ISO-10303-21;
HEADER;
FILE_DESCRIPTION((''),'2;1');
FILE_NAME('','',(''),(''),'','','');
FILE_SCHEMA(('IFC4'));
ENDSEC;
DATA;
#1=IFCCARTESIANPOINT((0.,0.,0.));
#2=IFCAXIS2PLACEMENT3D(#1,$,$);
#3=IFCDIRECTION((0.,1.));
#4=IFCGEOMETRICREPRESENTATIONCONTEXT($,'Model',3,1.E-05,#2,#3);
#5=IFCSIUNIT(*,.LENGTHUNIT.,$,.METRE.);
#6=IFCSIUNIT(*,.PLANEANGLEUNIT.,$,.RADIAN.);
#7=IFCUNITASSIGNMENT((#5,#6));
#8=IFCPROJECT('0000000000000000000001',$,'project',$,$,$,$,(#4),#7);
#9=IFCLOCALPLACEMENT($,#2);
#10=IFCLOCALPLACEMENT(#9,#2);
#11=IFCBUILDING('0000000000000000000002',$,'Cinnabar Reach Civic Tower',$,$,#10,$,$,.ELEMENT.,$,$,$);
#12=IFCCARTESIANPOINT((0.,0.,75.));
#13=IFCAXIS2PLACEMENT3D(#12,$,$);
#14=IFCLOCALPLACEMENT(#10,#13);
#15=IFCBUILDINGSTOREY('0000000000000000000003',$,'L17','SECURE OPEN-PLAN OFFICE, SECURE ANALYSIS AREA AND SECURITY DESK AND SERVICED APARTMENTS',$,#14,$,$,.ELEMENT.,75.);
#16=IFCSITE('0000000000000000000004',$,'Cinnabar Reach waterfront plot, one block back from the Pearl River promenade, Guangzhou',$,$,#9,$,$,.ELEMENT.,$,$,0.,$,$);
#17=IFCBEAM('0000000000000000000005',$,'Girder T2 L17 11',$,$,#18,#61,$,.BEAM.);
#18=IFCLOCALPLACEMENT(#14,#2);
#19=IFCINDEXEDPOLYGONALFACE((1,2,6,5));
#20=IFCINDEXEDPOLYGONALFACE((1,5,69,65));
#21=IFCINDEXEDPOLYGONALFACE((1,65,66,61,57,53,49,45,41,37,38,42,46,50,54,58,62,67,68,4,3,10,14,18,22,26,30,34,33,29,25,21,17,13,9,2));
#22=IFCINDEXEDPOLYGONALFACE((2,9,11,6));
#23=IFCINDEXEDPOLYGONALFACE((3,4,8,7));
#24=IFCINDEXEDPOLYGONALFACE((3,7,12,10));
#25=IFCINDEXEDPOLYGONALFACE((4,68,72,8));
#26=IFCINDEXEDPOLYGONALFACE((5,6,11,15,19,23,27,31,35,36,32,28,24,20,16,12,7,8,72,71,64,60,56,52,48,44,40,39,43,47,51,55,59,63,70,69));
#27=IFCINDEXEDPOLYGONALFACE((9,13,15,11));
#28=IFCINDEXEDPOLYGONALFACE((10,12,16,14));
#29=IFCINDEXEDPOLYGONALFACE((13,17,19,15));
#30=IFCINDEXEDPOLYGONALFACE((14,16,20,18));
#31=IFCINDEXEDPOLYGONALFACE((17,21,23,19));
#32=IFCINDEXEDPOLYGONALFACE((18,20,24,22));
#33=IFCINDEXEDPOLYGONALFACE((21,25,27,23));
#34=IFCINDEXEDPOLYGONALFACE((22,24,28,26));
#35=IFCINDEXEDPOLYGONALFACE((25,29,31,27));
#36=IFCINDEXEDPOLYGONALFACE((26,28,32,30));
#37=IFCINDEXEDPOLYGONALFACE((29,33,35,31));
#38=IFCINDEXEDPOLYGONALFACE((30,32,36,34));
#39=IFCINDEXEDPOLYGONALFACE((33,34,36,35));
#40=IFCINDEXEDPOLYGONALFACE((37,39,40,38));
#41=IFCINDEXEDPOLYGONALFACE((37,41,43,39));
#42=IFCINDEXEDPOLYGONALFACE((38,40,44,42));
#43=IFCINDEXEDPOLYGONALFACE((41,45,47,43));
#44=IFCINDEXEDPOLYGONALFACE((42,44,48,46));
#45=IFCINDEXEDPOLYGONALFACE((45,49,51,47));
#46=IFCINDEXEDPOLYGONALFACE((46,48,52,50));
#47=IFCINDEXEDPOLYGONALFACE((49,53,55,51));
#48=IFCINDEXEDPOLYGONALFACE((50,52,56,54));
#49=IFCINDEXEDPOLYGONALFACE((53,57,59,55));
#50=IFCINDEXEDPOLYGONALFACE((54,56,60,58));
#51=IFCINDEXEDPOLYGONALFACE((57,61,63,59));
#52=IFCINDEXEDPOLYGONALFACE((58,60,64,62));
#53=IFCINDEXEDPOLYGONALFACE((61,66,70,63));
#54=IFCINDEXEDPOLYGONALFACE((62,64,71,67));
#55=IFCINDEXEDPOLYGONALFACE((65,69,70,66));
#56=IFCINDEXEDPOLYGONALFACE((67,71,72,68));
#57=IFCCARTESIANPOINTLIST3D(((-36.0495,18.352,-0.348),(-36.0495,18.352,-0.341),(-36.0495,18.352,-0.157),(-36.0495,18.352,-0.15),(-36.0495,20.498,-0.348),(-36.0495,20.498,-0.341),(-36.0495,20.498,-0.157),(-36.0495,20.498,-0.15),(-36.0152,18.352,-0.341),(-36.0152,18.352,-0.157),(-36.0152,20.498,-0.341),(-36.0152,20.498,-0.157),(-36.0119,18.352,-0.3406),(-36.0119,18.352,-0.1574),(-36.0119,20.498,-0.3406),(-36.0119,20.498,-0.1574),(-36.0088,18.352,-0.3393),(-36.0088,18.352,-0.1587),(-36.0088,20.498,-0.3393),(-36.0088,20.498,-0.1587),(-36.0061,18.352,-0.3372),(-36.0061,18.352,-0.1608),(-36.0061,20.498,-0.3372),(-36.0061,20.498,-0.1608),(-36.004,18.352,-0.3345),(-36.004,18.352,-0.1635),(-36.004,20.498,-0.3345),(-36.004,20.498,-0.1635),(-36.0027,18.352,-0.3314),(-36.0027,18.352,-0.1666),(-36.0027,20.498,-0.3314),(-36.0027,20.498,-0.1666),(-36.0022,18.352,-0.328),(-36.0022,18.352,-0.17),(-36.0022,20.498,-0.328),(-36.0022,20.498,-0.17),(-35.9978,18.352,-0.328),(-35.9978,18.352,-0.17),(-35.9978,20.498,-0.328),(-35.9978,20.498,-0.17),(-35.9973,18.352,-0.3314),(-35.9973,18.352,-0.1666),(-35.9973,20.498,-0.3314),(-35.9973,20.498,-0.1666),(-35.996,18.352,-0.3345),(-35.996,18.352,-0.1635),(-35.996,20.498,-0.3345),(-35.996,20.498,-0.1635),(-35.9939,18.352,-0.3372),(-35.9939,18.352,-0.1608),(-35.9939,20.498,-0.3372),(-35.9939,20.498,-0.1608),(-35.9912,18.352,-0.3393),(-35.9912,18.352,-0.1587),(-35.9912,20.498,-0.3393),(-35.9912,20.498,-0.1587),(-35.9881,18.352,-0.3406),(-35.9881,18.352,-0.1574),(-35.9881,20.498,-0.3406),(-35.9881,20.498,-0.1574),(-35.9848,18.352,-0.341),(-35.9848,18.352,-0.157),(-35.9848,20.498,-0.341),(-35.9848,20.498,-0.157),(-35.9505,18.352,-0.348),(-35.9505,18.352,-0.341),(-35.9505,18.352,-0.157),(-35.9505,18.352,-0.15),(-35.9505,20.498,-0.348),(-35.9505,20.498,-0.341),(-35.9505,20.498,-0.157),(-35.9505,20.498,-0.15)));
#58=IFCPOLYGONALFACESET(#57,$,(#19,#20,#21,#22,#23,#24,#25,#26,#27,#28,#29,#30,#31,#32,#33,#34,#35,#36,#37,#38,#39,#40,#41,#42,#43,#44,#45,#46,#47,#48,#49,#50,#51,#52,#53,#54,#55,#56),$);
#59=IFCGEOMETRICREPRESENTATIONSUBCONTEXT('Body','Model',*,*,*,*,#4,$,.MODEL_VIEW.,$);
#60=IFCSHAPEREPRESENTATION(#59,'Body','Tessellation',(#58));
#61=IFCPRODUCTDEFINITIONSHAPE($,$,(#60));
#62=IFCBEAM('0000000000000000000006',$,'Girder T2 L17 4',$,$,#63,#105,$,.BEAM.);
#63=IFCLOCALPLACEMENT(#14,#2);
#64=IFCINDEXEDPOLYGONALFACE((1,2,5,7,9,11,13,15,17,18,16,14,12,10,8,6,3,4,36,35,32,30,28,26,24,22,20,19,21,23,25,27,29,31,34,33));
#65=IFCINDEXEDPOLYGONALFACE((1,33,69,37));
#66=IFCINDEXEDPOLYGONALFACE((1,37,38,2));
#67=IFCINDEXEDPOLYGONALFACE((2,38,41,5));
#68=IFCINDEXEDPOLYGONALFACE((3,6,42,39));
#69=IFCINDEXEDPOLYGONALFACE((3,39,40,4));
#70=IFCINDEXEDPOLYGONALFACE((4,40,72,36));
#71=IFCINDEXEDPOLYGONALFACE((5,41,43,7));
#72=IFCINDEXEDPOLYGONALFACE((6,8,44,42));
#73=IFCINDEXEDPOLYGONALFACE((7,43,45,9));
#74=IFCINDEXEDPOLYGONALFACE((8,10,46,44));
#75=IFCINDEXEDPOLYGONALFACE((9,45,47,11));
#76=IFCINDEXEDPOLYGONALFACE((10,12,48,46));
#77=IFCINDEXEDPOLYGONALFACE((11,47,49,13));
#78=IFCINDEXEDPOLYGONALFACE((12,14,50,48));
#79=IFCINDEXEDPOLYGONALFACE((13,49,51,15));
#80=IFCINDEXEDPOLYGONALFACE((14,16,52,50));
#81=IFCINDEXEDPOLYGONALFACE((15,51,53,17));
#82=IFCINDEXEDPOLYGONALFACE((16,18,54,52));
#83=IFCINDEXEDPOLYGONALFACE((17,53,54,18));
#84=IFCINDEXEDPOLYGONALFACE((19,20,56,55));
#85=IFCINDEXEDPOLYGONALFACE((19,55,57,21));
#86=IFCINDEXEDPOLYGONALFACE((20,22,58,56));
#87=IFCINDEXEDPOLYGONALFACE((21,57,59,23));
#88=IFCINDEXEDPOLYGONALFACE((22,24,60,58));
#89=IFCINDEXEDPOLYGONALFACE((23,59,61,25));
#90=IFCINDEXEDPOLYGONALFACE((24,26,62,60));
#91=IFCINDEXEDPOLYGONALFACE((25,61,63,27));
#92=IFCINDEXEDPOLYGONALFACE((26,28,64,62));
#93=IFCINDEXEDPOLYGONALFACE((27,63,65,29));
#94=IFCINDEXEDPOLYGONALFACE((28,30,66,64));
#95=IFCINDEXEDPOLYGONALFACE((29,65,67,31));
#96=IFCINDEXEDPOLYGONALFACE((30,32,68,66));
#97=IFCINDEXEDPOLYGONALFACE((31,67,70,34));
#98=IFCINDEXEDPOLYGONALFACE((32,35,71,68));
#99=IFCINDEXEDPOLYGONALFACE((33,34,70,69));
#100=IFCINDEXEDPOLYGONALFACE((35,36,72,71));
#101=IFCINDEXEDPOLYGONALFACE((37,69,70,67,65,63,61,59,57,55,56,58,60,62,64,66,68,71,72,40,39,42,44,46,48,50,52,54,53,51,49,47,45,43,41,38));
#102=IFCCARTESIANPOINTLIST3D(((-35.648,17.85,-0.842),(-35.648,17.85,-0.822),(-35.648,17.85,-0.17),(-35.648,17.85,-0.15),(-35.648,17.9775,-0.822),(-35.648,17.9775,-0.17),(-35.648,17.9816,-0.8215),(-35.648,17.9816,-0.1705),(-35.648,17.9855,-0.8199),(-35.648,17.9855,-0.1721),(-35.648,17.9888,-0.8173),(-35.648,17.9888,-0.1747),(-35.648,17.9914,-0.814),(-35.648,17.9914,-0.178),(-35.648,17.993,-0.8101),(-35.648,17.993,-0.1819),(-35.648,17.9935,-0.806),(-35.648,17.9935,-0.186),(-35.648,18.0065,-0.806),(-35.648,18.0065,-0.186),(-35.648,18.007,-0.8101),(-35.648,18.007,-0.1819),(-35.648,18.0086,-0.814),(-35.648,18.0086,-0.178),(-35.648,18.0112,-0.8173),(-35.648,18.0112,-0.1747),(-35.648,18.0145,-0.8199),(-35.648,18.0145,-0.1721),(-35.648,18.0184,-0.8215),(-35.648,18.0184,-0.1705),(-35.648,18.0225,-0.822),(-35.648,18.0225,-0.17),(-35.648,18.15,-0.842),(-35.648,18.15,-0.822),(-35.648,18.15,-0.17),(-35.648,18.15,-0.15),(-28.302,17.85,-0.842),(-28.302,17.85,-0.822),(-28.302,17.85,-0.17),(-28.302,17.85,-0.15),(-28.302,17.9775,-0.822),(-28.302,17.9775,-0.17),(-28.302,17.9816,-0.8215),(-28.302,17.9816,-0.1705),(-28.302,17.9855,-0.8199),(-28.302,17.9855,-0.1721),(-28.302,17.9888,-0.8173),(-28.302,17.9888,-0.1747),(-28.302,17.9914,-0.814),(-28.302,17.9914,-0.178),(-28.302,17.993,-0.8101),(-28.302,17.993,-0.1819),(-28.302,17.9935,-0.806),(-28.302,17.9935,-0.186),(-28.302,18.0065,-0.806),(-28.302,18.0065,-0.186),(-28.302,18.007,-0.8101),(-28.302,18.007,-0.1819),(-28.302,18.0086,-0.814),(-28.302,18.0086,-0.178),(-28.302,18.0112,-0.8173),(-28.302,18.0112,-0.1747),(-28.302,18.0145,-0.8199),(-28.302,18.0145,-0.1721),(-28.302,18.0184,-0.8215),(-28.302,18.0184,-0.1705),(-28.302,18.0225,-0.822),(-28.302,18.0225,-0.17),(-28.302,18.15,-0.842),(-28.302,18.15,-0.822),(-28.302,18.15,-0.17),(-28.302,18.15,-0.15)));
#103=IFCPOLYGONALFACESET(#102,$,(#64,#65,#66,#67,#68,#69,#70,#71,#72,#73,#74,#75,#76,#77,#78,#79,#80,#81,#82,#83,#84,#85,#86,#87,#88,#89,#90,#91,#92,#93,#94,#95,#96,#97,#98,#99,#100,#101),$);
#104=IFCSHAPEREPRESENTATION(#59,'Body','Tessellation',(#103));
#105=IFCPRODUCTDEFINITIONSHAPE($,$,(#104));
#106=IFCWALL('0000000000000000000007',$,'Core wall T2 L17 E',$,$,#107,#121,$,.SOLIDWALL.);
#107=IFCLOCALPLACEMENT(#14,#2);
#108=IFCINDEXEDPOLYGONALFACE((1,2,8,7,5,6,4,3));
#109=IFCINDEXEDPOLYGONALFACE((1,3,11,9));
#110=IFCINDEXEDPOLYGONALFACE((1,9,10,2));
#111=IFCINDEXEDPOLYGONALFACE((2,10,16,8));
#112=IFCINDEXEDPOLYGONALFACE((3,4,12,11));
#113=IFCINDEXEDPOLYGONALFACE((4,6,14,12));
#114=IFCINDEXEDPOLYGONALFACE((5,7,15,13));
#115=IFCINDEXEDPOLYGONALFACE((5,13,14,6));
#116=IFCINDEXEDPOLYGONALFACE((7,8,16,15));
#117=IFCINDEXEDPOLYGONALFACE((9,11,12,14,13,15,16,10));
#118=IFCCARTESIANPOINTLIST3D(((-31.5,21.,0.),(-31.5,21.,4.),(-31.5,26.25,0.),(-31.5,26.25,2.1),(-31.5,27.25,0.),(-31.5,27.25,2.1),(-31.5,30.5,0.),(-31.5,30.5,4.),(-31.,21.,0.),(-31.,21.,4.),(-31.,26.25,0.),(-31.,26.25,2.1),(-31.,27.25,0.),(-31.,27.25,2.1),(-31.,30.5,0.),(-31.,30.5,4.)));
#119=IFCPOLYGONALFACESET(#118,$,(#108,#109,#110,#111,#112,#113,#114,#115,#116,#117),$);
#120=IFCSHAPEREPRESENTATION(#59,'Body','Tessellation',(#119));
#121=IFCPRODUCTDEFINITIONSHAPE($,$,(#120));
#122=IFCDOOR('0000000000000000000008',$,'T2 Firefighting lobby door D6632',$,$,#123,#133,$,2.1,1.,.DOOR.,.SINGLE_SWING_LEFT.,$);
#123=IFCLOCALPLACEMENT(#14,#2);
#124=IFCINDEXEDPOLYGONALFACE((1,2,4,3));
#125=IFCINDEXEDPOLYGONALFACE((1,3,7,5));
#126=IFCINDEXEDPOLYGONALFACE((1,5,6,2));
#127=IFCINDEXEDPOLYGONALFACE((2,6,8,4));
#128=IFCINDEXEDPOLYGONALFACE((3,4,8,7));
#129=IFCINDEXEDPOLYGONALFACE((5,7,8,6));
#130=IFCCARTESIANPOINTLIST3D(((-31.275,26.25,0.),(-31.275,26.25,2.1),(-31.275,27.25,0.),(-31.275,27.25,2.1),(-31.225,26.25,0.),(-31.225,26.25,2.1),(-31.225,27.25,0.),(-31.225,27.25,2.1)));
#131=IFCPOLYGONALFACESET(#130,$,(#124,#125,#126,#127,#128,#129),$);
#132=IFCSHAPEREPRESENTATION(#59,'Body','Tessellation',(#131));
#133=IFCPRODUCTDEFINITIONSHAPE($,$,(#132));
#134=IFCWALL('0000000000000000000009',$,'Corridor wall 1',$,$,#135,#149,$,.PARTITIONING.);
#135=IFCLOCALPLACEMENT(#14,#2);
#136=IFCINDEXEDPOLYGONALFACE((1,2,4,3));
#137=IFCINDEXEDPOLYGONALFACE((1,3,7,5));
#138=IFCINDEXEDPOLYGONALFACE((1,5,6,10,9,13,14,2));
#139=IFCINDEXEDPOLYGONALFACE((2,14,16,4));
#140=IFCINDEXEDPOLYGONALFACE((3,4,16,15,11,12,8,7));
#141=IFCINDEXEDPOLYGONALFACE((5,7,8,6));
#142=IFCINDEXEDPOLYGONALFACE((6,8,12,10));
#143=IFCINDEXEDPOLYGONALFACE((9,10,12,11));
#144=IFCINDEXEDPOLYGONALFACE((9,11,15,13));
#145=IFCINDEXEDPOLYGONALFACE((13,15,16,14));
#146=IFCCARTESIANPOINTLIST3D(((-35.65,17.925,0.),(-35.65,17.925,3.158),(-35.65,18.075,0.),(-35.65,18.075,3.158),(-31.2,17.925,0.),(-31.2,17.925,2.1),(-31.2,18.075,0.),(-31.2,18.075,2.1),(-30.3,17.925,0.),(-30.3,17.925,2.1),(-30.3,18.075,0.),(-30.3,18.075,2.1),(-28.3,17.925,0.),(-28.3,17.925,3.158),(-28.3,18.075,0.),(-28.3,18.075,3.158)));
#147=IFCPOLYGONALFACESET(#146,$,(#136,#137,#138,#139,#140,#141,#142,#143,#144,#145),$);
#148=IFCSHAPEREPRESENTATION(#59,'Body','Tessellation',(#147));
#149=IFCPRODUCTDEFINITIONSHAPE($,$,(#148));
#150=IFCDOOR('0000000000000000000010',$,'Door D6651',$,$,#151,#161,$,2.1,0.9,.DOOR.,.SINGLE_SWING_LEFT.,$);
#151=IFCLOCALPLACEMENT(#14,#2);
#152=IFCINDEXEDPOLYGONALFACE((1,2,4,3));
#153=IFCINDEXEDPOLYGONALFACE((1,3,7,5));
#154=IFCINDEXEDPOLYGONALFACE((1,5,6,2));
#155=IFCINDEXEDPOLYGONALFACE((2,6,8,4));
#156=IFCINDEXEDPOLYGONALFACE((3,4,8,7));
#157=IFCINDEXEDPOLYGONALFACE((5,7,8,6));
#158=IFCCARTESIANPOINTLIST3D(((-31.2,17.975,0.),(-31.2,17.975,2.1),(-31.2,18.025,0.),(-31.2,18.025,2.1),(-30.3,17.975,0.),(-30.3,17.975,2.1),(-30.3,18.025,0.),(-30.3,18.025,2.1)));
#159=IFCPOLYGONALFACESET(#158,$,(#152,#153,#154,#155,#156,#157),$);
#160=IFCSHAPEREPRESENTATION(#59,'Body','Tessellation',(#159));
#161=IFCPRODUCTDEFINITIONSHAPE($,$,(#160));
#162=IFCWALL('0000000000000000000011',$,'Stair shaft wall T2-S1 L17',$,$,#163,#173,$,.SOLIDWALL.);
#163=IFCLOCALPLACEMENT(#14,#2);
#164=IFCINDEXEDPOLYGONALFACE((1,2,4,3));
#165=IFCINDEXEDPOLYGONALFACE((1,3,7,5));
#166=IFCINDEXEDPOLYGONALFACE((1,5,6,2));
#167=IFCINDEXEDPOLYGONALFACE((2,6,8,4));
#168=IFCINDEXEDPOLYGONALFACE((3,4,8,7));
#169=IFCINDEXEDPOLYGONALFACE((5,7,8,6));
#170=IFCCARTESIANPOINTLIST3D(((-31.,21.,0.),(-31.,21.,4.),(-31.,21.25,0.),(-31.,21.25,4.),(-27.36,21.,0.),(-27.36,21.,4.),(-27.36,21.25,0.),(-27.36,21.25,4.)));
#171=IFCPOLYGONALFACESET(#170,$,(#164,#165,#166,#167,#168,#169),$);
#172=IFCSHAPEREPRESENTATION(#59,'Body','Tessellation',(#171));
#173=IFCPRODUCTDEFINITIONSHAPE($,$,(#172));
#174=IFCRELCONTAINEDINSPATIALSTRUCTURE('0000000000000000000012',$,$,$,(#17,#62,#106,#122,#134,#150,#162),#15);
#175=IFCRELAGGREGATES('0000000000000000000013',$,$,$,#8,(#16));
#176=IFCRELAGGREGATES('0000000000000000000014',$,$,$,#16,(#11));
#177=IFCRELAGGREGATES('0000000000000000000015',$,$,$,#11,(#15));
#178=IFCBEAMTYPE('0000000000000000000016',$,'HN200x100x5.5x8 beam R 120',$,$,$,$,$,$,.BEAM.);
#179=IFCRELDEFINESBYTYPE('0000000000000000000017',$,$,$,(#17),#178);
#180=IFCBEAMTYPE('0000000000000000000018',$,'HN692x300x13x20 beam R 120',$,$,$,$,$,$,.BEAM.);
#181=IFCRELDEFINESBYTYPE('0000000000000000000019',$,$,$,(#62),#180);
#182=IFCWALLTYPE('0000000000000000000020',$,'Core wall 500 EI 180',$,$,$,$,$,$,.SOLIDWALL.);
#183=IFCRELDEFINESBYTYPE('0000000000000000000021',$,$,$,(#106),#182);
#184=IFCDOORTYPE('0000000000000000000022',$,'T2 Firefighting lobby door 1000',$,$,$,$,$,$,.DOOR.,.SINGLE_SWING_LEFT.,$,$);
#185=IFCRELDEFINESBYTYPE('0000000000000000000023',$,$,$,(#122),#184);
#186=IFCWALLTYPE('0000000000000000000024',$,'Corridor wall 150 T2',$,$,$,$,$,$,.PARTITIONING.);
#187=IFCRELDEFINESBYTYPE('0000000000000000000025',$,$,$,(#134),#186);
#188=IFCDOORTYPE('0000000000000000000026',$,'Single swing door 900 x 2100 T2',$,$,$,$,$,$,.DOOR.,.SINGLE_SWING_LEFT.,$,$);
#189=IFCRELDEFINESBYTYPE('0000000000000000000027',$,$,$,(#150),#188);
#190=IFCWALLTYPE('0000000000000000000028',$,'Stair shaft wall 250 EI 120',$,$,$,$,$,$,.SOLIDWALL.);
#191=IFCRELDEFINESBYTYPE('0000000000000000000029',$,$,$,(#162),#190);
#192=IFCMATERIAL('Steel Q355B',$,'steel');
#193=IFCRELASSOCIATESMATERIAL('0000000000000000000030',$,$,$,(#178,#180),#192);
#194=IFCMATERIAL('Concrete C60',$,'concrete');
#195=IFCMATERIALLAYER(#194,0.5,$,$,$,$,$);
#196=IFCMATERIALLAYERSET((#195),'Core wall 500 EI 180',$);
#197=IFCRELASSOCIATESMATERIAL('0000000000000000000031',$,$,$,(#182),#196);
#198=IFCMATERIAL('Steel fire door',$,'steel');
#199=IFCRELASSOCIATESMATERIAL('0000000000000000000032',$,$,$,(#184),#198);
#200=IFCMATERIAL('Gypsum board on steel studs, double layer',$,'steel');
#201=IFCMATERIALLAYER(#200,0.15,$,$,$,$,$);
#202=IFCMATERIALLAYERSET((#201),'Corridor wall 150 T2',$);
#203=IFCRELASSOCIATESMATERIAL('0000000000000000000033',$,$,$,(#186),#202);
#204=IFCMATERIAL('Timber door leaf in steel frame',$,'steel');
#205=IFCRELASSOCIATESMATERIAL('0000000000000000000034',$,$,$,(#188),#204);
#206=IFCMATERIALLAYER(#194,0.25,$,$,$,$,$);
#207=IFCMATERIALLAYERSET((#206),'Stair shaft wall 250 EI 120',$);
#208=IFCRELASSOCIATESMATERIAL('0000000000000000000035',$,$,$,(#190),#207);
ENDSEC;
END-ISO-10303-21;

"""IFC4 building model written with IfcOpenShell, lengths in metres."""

from ifc_helpers import new_model, si_unit, direction, frame, frame_2d, origin, origin_2d, place, context, subcontext, project, spatial, rectangle, i_section, extrude, material, layer, layer_set, material_profile, profile_set, type_object, element, fill, save


model = new_model("IFC4")

# Units and contexts
model_context = context("Model", 3, precision=1e-05, world=origin(), true_north=direction((0.0, 1.0)))
body_context = subcontext(model_context, "Body", "Model", "MODEL_VIEW")
ifc_project = project(units=[si_unit("LENGTHUNIT", "METRE"), si_unit("PLANEANGLEUNIT", "RADIAN")], contexts=[model_context])

# Site, building, storey
site_placement = place(None, origin())
site = spatial("IfcSite", under=ifc_project, at=site_placement, Name="Cinnabar Reach waterfront plot, one block back from the Pearl River promenade, Guangzhou", CompositionType="ELEMENT", RefElevation=0.0)
building_placement = place(site_placement, origin())
building = spatial("IfcBuilding", under=site, at=building_placement, Name="Cinnabar Reach Civic Tower", CompositionType="ELEMENT")
storey_placement = place(building_placement, frame((0.0, 0.0, 75.0)))
storey = spatial("IfcBuildingStorey", under=building, at=storey_placement, Name="L17", Description="SECURE OPEN-PLAN OFFICE, SECURE ANALYSIS AREA AND SECURITY DESK AND SERVICED APARTMENTS", CompositionType="ELEMENT", Elevation=75.0)

# Beams
ifc_material_1 = material(Name="Steel Q355B", Category="steel")
ifc_material_profile_1 = material_profile(ifc_material_1, i_section(OverallWidth=0.099, OverallDepth=0.198, WebThickness=0.0045, FlangeThickness=0.007, FilletRadius=0.013, at=origin_2d()), Name="HN200x100x5.5x8")
ifc_profile_set_1 = profile_set([ifc_material_profile_1], Name="Steel Q355B")
beam_type_1 = type_object("IfcBeamType", Name="HN200x100x5.5x8 beam R 120", PredefinedType="BEAM", material=ifc_profile_set_1)
beam_1_placement = place(storey_placement, frame((-36.0, 18.352, -0.249), z_axis=(0.0, 1.0, 0.0), x_axis=(-1.0, 0.0, 0.0)))
element("IfcBeam", 1, at=beam_1_placement, inside=storey, type_object=beam_type_1, Name="Girder T2 L17 11", PredefinedType="BEAM", context=body_context, shape_type="SweptSolid", body=[
    extrude(i_section(OverallWidth=0.099, OverallDepth=0.198, WebThickness=0.0045, FlangeThickness=0.007, FilletRadius=0.013, at=origin_2d()), origin(), (0.0, 0.0, 1.0), 2.146),
])
ifc_material_profile_2 = material_profile(ifc_material_1, i_section(OverallWidth=0.3, OverallDepth=0.692, WebThickness=0.013, FlangeThickness=0.02, FilletRadius=0.016, at=origin_2d()), Name="HN692x300x13x20")
ifc_profile_set_2 = profile_set([ifc_material_profile_2], Name="Steel Q355B")
beam_type_2 = type_object("IfcBeamType", Name="HN692x300x13x20 beam R 120", PredefinedType="BEAM", material=ifc_profile_set_2)
beam_2_placement = place(storey_placement, frame((-35.648, 18.0, -0.496), z_axis=(1.0, 0.0, 0.0), x_axis=(0.0, 1.0, 0.0)))
element("IfcBeam", 2, at=beam_2_placement, inside=storey, type_object=beam_type_2, Name="Girder T2 L17 4", PredefinedType="BEAM", context=body_context, shape_type="SweptSolid", body=[
    extrude(i_section(OverallWidth=0.3, OverallDepth=0.692, WebThickness=0.013, FlangeThickness=0.02, FilletRadius=0.016, at=origin_2d()), origin(), (0.0, 0.0, 1.0), 7.346),
])

# Walls, openings, doors
ifc_material_2 = material(Name="Concrete C60", Category="concrete")
ifc_layer_1 = layer(ifc_material_2, 0.5)
ifc_layer_set_1 = layer_set([ifc_layer_1], Name="Core wall 500 EI 180")
wall_type_1 = type_object("IfcWallType", Name="Core wall 500 EI 180", PredefinedType="SOLIDWALL", material=ifc_layer_set_1)
wall_1_placement = place(storey_placement, frame((-31.25, 21.0, 0.0), z_axis=(0.0, 0.0, 1.0), x_axis=(0.0, 1.0, 0.0)))
wall_1 = element("IfcWall", 3, at=wall_1_placement, inside=storey, type_object=wall_type_1, Name="Core wall T2 L17 E", PredefinedType="SOLIDWALL", context=body_context, shape_type="SweptSolid", body=[
    extrude(rectangle(XDim=9.5, YDim=0.5, at=frame_2d((4.75, 0.0))), origin(), (0.0, 0.0, 1.0), 4.0),
])
opening_1_placement = place(wall_1_placement, frame((5.25, 0.0, 0.0)))
opening_1 = element("IfcOpeningElement", 4, at=opening_1_placement, cuts=wall_1, PredefinedType="OPENING", context=body_context, shape_type="SweptSolid", body=[
    extrude(rectangle(XDim=1.0, YDim=2.1, at=frame_2d((0.5, 1.05))), frame((0.0, 0.26, 0.0), z_axis=(0.0, -1.0, 0.0), x_axis=(1.0, 0.0, 0.0)), (0.0, 0.0, 1.0), 0.52),
])
ifc_material_3 = material(Name="Steel fire door", Category="steel")
door_type_1 = type_object("IfcDoorType", Name="T2 Firefighting lobby door 1000", OperationType="SINGLE_SWING_LEFT", PredefinedType="DOOR", material=ifc_material_3)
door_1_placement = place(opening_1_placement, frame((1.0, 0.0, 0.0), z_axis=(0.0, 0.0, 1.0), x_axis=(-1.0, 0.0, 0.0)))
door_1 = element("IfcDoor", 5, at=door_1_placement, inside=storey, type_object=door_type_1, Name="T2 Firefighting lobby door D6632", OperationType="SINGLE_SWING_LEFT", OverallHeight=2.1, OverallWidth=1.0, PredefinedType="DOOR", context=body_context, shape_type="SweptSolid", body=[
    extrude(rectangle(XDim=1.0, YDim=2.1, at=frame_2d((0.5, 1.05))), frame((0.0, 0.025, 0.0), z_axis=(0.0, -1.0, 0.0), x_axis=(1.0, 0.0, 0.0)), (0.0, 0.0, 1.0), 0.05),
])
fill(opening_1, door_1)
ifc_material_4 = material(Name="Gypsum board on steel studs, double layer", Category="steel")
ifc_layer_2 = layer(ifc_material_4, 0.15)
ifc_layer_set_2 = layer_set([ifc_layer_2], Name="Corridor wall 150 T2")
wall_type_2 = type_object("IfcWallType", Name="Corridor wall 150 T2", PredefinedType="PARTITIONING", material=ifc_layer_set_2)
wall_2_placement = place(storey_placement, frame((-35.65, 18.0, 0.0), z_axis=(0.0, 0.0, 1.0), x_axis=(1.0, 0.0, 0.0)))
wall_2 = element("IfcWall", 6, at=wall_2_placement, inside=storey, type_object=wall_type_2, Name="Corridor wall 1", PredefinedType="PARTITIONING", context=body_context, shape_type="SweptSolid", body=[
    extrude(rectangle(XDim=7.35, YDim=0.15, at=frame_2d((3.675, 0.0))), origin(), (0.0, 0.0, 1.0), 3.158),
])
opening_2_placement = place(wall_2_placement, frame((4.45, 0.0, 0.0)))
opening_2 = element("IfcOpeningElement", 7, at=opening_2_placement, cuts=wall_2, PredefinedType="OPENING", context=body_context, shape_type="SweptSolid", body=[
    extrude(rectangle(XDim=0.9, YDim=2.1, at=frame_2d((0.45, 1.05))), frame((0.0, 0.085, 0.0), z_axis=(0.0, -1.0, 0.0), x_axis=(1.0, 0.0, 0.0)), (0.0, 0.0, 1.0), 0.17),
])
ifc_material_5 = material(Name="Timber door leaf in steel frame", Category="steel")
door_type_2 = type_object("IfcDoorType", Name="Single swing door 900 x 2100 T2", OperationType="SINGLE_SWING_LEFT", PredefinedType="DOOR", material=ifc_material_5)
door_2_placement = place(opening_2_placement, frame((0.9, 0.0, 0.0), z_axis=(0.0, 0.0, 1.0), x_axis=(-1.0, 0.0, 0.0)))
door_2 = element("IfcDoor", 8, at=door_2_placement, inside=storey, type_object=door_type_2, Name="Door D6651", OperationType="SINGLE_SWING_LEFT", OverallHeight=2.1, OverallWidth=0.9, PredefinedType="DOOR", context=body_context, shape_type="SweptSolid", body=[
    extrude(rectangle(XDim=0.9, YDim=2.1, at=frame_2d((0.45, 1.05))), frame((0.0, 0.025, 0.0), z_axis=(0.0, -1.0, 0.0), x_axis=(1.0, 0.0, 0.0)), (0.0, 0.0, 1.0), 0.05),
])
fill(opening_2, door_2)

# Wall
ifc_layer_3 = layer(ifc_material_2, 0.25)
ifc_layer_set_3 = layer_set([ifc_layer_3], Name="Stair shaft wall 250 EI 120")
wall_type_3 = type_object("IfcWallType", Name="Stair shaft wall 250 EI 120", PredefinedType="SOLIDWALL", material=ifc_layer_set_3)
wall_3_placement = place(storey_placement, frame((-31.0, 21.125, 0.0), z_axis=(0.0, 0.0, 1.0), x_axis=(1.0, 0.0, 0.0)))
element("IfcWall", 9, at=wall_3_placement, inside=storey, type_object=wall_type_3, Name="Stair shaft wall T2-S1 L17", PredefinedType="SOLIDWALL", context=body_context, shape_type="SweptSolid", body=[
    extrude(rectangle(XDim=3.64, YDim=0.25, at=frame_2d((1.82, 0.0))), origin(), (0.0, 0.0, 1.0), 4.0),
])

save(model, "model.ifc")
